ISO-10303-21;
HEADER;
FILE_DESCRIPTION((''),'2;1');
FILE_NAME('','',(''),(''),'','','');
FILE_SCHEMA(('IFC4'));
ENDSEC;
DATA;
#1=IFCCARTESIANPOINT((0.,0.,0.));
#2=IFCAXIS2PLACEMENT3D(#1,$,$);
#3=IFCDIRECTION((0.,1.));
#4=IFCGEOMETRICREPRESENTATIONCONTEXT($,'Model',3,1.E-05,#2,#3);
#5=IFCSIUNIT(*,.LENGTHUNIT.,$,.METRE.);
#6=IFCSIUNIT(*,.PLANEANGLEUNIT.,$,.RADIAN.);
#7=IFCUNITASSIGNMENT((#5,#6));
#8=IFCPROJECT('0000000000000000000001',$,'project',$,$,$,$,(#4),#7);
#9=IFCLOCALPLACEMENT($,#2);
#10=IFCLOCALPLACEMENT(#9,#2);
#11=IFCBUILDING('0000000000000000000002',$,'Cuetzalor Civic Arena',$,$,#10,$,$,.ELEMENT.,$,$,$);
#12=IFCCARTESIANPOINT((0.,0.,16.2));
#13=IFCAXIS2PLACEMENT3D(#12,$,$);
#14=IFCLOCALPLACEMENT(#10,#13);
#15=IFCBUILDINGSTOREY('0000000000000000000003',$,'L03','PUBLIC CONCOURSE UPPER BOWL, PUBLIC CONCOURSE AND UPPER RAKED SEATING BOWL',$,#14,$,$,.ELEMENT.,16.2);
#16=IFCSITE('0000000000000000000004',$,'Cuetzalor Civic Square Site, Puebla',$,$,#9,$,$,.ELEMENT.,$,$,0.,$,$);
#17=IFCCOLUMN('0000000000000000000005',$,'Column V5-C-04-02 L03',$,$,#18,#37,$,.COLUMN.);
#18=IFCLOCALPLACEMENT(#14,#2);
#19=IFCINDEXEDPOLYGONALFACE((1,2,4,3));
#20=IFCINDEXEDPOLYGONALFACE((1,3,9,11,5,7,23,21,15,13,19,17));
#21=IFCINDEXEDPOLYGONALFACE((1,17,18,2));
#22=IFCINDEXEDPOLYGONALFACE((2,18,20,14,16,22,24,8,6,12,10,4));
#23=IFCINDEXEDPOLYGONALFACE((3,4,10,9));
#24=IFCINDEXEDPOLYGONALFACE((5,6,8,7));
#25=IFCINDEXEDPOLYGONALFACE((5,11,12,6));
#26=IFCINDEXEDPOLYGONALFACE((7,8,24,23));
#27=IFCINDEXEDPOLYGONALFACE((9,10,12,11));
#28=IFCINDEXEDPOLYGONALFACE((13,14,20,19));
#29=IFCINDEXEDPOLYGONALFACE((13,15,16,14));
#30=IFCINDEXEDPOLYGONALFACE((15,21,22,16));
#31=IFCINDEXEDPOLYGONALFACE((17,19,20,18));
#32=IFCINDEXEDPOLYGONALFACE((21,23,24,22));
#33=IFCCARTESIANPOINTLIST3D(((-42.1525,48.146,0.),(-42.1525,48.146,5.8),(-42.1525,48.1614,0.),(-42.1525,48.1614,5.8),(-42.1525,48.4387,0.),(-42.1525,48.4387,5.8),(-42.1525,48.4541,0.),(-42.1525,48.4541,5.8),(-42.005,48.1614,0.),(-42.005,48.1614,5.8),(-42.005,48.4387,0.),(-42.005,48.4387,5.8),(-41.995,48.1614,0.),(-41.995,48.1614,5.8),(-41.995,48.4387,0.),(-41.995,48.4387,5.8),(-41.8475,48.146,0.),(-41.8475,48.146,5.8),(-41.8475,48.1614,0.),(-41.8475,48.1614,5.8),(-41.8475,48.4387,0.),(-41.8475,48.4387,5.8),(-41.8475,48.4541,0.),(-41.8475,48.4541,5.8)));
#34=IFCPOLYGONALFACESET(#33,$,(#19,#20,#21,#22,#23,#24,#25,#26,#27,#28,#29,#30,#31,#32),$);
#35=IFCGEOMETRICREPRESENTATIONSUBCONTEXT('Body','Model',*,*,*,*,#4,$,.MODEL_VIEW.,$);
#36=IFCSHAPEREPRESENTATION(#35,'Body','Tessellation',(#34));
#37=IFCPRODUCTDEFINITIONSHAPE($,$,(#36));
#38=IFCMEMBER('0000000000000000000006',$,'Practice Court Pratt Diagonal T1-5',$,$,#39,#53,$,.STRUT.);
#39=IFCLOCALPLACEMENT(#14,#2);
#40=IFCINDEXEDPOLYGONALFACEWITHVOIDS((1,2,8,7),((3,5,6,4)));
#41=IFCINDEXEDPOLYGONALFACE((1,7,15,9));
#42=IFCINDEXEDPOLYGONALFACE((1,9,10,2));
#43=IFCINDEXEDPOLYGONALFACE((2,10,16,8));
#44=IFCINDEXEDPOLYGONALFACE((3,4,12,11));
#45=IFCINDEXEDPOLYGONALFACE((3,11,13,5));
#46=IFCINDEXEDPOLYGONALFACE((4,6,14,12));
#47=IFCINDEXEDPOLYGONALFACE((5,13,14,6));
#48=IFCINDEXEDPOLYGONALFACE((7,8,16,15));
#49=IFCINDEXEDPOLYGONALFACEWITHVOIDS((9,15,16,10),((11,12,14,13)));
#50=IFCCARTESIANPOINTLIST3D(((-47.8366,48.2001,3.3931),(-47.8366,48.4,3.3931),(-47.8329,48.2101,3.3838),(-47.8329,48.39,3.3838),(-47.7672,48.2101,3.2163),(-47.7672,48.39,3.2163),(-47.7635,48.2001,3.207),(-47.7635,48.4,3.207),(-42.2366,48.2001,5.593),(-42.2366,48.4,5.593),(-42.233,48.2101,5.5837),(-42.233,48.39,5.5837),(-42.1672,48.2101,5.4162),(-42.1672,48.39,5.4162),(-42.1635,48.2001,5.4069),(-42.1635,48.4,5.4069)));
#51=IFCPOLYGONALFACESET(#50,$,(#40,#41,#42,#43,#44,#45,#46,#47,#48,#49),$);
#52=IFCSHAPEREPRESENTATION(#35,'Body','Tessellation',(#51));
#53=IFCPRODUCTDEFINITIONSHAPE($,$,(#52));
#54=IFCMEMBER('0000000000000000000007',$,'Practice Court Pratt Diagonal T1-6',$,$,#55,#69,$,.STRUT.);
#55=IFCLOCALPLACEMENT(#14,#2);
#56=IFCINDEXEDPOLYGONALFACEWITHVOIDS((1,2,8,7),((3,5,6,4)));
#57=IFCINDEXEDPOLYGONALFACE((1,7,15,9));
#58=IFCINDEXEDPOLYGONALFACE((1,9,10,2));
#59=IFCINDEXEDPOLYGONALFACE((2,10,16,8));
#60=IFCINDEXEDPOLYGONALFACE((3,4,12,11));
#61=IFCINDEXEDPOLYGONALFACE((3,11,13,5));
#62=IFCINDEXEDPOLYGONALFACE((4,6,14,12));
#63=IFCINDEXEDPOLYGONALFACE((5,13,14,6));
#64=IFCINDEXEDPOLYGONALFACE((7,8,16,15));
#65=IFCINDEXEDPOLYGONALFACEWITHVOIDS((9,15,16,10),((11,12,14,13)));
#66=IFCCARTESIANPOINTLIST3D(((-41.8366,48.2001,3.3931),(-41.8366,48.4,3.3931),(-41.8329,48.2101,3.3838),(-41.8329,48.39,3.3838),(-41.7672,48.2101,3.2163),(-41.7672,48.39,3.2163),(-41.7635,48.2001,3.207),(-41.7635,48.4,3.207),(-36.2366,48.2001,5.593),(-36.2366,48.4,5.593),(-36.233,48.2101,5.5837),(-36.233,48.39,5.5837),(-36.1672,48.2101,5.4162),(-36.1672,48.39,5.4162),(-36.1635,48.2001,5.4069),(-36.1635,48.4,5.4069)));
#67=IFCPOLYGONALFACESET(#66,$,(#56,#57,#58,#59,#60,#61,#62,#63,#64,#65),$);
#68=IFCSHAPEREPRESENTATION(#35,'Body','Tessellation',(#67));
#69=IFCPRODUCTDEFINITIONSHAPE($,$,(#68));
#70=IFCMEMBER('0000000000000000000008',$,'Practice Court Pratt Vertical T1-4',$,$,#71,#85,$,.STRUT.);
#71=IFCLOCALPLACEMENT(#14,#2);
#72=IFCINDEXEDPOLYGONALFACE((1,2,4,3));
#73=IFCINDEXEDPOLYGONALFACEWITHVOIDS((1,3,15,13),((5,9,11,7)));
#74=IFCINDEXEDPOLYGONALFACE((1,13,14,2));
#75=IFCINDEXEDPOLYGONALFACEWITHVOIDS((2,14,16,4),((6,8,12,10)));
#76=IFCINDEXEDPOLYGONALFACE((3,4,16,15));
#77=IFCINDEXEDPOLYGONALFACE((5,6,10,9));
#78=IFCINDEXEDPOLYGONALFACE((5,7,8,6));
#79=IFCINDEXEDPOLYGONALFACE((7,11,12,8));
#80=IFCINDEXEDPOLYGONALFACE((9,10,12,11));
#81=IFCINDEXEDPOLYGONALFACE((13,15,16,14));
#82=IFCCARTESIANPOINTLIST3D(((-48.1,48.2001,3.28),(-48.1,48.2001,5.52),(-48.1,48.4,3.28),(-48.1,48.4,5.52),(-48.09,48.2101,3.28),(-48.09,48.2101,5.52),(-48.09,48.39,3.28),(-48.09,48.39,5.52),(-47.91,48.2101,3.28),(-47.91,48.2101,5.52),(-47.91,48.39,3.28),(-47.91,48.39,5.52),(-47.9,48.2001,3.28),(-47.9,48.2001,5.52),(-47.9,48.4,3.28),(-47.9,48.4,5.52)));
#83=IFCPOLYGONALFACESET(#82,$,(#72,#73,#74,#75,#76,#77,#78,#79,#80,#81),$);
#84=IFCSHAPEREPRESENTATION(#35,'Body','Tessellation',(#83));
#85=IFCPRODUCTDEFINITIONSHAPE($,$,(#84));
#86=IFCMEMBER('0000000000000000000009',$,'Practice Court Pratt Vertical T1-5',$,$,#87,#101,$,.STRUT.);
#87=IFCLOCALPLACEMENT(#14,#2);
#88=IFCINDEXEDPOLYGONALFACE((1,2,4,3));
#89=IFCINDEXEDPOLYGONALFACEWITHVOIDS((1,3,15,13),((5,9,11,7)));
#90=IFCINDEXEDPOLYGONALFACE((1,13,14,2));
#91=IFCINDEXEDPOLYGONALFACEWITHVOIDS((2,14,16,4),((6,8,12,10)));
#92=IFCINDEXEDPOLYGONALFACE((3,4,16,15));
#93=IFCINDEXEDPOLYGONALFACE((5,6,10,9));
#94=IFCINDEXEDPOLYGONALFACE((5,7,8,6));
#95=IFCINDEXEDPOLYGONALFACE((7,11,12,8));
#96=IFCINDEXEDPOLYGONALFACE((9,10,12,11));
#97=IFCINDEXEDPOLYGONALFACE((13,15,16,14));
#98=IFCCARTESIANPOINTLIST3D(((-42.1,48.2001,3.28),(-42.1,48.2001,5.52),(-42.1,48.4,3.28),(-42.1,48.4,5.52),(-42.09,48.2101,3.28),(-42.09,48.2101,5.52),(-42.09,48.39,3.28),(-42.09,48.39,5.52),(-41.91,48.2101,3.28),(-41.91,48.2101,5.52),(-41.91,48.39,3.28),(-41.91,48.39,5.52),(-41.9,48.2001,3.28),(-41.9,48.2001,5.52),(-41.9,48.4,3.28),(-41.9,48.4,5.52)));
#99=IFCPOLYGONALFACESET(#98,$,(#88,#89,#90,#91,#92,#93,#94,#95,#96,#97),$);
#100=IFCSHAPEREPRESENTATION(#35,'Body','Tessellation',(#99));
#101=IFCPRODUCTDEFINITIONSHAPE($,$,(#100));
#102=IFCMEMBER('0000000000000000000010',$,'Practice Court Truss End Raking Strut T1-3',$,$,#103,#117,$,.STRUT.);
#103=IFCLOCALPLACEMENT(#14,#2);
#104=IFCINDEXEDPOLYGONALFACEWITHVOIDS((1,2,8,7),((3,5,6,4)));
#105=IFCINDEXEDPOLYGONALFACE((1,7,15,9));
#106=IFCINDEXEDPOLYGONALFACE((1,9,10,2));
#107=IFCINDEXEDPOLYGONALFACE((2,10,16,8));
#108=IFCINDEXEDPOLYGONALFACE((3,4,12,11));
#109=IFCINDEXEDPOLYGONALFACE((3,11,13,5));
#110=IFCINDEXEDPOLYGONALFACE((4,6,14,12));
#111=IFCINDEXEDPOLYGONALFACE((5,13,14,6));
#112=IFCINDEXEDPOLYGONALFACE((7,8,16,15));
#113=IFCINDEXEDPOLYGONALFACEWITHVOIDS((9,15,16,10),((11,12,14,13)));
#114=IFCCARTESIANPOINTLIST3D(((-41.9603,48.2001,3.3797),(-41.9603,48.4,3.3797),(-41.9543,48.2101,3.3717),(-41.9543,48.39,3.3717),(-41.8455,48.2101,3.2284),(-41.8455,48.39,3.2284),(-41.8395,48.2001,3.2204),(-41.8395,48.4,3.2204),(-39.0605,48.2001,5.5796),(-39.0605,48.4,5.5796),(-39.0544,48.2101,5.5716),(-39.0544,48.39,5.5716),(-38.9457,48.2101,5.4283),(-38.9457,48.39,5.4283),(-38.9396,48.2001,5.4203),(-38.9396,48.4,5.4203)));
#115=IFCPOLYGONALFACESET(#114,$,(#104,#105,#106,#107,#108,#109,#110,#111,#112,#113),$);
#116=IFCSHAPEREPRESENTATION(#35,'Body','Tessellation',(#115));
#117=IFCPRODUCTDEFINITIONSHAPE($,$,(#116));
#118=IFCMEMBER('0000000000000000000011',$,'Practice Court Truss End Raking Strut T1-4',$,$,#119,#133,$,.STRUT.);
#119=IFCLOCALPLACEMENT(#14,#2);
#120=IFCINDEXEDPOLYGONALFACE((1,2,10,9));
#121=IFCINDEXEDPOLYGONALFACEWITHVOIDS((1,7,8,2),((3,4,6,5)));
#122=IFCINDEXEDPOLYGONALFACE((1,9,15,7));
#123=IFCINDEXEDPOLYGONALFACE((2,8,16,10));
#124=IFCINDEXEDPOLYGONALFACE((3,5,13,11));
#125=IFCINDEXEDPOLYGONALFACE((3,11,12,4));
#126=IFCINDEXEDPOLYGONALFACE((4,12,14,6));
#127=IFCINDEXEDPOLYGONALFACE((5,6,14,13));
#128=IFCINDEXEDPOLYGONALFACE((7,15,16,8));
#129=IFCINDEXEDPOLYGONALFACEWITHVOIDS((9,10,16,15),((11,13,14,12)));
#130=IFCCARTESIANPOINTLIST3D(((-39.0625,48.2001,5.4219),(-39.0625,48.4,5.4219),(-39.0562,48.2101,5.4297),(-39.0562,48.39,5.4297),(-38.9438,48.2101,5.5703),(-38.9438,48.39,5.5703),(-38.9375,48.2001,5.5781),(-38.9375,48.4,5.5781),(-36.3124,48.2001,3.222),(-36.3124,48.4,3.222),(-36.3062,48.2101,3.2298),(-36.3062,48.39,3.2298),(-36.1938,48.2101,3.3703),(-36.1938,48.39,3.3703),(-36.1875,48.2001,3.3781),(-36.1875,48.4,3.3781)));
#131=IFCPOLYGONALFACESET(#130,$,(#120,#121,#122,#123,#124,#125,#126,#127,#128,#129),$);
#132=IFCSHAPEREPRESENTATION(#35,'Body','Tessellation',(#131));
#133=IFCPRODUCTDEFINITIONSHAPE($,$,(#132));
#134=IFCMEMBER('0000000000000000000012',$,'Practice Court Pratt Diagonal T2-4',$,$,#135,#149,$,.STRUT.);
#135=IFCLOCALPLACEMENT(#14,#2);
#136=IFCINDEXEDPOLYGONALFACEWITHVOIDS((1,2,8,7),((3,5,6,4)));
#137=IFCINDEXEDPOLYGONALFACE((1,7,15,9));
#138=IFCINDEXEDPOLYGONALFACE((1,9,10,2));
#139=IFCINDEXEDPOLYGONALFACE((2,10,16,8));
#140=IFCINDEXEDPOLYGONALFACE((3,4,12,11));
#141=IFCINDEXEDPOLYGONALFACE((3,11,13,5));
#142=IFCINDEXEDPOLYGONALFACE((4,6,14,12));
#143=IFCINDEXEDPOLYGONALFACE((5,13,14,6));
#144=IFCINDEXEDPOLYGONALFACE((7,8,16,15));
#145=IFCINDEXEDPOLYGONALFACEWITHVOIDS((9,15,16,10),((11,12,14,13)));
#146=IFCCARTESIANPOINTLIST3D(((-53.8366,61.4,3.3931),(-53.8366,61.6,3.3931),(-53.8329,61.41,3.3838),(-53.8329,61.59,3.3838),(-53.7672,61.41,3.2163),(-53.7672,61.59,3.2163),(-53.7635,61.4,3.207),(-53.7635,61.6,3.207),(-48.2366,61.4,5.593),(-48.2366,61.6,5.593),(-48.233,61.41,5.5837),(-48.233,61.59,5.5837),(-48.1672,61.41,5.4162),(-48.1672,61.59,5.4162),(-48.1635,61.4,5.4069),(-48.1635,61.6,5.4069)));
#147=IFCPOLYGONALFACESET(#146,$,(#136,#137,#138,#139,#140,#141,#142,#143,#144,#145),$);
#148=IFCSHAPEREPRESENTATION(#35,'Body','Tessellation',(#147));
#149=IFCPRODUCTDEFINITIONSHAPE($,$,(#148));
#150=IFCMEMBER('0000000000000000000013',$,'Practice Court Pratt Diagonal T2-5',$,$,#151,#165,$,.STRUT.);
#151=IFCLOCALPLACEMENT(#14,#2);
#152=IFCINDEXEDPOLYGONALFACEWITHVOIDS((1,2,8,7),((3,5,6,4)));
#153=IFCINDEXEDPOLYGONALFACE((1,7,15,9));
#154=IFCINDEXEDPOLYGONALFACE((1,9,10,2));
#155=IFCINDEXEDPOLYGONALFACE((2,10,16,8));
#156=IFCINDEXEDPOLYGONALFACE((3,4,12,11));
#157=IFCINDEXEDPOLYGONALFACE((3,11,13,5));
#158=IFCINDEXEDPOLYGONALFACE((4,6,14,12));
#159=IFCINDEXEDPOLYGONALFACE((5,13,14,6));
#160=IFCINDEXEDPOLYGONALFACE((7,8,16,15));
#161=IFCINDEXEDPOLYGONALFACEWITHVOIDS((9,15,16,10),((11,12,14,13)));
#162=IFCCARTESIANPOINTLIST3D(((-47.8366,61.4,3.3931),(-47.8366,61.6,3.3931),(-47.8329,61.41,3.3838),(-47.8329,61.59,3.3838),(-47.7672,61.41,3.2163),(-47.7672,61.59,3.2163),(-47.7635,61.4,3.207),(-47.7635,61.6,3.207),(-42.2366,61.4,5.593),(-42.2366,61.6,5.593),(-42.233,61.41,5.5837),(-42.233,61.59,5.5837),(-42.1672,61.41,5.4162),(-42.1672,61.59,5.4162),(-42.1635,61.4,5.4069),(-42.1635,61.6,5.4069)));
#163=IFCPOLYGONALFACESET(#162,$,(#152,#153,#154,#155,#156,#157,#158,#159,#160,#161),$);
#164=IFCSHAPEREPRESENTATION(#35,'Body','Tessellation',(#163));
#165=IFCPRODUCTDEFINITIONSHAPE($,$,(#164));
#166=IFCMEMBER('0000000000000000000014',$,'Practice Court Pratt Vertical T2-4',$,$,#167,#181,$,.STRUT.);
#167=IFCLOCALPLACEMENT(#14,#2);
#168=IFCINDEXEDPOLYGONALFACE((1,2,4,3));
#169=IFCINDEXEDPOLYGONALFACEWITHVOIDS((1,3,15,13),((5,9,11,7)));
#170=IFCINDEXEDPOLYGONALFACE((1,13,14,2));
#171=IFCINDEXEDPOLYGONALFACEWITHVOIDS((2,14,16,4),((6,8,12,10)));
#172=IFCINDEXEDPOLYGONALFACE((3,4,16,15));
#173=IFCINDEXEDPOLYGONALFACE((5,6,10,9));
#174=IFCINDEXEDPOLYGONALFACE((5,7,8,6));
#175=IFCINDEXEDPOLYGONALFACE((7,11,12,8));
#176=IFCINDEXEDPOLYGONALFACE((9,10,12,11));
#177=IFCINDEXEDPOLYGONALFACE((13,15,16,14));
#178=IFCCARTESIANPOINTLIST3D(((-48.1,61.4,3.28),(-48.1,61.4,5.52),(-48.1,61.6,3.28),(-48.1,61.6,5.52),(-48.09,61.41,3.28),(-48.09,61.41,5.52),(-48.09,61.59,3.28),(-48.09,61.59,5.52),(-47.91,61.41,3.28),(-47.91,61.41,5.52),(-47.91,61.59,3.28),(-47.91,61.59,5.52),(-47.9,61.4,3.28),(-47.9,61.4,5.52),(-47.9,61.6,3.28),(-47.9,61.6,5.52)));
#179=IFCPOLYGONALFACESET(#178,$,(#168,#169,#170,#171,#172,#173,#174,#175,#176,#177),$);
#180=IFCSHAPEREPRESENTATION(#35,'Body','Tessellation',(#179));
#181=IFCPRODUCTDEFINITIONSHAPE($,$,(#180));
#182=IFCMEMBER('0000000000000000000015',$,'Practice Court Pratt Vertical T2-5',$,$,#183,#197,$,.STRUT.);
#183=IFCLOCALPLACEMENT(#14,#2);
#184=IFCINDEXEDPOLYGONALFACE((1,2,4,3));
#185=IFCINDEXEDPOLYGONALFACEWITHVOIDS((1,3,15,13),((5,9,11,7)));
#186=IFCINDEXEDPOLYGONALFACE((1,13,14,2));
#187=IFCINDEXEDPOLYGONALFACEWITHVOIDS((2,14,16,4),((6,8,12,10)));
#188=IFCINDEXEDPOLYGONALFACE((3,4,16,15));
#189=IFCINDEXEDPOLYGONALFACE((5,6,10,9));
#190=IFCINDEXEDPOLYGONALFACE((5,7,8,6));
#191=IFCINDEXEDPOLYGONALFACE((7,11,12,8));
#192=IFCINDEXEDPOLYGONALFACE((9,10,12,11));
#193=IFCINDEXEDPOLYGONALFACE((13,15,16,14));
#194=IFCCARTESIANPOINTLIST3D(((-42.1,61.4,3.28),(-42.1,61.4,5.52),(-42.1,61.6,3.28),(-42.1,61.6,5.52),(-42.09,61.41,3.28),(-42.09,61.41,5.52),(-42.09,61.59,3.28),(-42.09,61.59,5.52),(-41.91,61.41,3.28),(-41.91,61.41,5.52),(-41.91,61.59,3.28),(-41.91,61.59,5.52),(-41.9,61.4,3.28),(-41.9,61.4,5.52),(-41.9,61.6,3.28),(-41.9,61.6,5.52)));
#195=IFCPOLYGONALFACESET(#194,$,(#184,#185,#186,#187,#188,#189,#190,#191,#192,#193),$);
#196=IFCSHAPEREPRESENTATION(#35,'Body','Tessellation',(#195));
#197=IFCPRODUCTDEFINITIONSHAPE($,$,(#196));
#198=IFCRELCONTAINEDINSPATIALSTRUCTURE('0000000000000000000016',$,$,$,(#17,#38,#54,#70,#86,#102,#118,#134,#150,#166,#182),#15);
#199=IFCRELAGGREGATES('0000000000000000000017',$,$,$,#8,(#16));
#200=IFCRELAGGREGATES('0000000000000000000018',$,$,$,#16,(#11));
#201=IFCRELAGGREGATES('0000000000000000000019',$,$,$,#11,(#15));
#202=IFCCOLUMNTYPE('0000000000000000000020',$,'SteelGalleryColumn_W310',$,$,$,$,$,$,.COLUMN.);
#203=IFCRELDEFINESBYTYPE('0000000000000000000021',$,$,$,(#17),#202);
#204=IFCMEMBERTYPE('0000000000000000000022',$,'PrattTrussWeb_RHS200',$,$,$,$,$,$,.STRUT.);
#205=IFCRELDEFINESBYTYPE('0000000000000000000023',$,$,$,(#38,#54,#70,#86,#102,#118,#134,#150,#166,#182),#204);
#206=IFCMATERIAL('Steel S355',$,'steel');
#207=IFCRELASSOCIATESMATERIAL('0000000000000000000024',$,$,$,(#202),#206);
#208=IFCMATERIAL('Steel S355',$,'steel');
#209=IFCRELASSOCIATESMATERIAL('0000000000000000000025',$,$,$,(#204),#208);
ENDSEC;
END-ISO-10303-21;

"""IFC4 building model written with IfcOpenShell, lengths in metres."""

from ifc_helpers import new_model, si_unit, direction, frame, origin, origin_2d, place, context, subcontext, project, spatial, hollow_rectangle, i_section, extrude, material, material_profile, profile_set, type_object, element, save


model = new_model("IFC4")

# Units and contexts
model_context = context("Model", 3, precision=1e-05, world=origin(), true_north=direction((0.0, 1.0)))
body_context = subcontext(model_context, "Body", "Model", "MODEL_VIEW")
ifc_project = project(units=[si_unit("LENGTHUNIT", "METRE"), si_unit("PLANEANGLEUNIT", "RADIAN")], contexts=[model_context])

# Site, building, storey
site_placement = place(None, origin())
site = spatial("IfcSite", under=ifc_project, at=site_placement, Name="Cuetzalor Civic Square Site, Puebla", CompositionType="ELEMENT", RefElevation=0.0)
building_placement = place(site_placement, origin())
building = spatial("IfcBuilding", under=site, at=building_placement, Name="Cuetzalor Civic Arena", CompositionType="ELEMENT")
storey_placement = place(building_placement, frame((0.0, 0.0, 16.2)))
storey = spatial("IfcBuildingStorey", under=building, at=storey_placement, Name="L03", Description="PUBLIC CONCOURSE UPPER BOWL, PUBLIC CONCOURSE AND UPPER RAKED SEATING BOWL", CompositionType="ELEMENT", Elevation=16.2)

# Column
ifc_material_1 = material(Name="Steel S355", Category="steel")
ifc_material_profile_1 = material_profile(ifc_material_1, i_section(OverallWidth=0.3049, OverallDepth=0.3081, WebThickness=0.01, FlangeThickness=0.0154, at=origin_2d()), Name="W310x97")
ifc_profile_set_1 = profile_set([ifc_material_profile_1], Name="Steel S355")
column_type = type_object("IfcColumnType", Name="SteelGalleryColumn_W310", PredefinedType="COLUMN", material=ifc_profile_set_1)
column_placement = place(storey_placement, frame((-42.0, 48.3, 0.0), z_axis=(0.0, 0.0, 1.0), x_axis=(1.0, 0.0, 0.0)))
element("IfcColumn", 1, at=column_placement, inside=storey, type_object=column_type, Name="Column V5-C-04-02 L03", PredefinedType="COLUMN", context=body_context, shape_type="SweptSolid", body=[
    extrude(i_section(OverallWidth=0.3049, OverallDepth=0.3081, WebThickness=0.01, FlangeThickness=0.0154, at=origin_2d()), origin(), (0.0, 0.0, 1.0), 5.8),
])

# Members
ifc_material_2 = material(Name="Steel S355", Category="steel")
ifc_material_profile_2 = material_profile(ifc_material_2, hollow_rectangle(XDim=0.2, YDim=0.2, WallThickness=0.01, at=origin_2d()), Name="RHS 200x200x10")
ifc_profile_set_2 = profile_set([ifc_material_profile_2], Name="Steel S355")
member_type_1 = type_object("IfcMemberType", Name="PrattTrussWeb_RHS200", PredefinedType="STRUT", material=ifc_profile_set_2)
for number, where, z_axis, x_axis, name in (
    (2, (-47.8, 48.3, 3.3), (0.930756, 0.0, 0.36564), (0.0, 1.0, 0.0), "Practice Court Pratt Diagonal T1-5"),
    (3, (-41.8, 48.3, 3.3), (0.930756, 0.0, 0.36564), (0.0, 1.0, 0.0), "Practice Court Pratt Diagonal T1-6"),
):
    element("IfcMember", number, at=place(storey_placement, frame(where, z_axis=z_axis, x_axis=x_axis)), inside=storey, type_object=member_type_1, Name=name, PredefinedType="STRUT", context=body_context, shape_type="SweptSolid", body=[
        extrude(hollow_rectangle(XDim=0.2, YDim=0.2, WallThickness=0.01, at=origin_2d()), origin(), (0.0, 0.0, 1.0), 6.0166),
    ])
for number, where, z_axis, x_axis, name in (
    (4, (-48.0, 48.3, 3.28), (0.0, 0.0, 1.0), (1.0, 0.0, 0.0), "Practice Court Pratt Vertical T1-4"),
    (5, (-42.0, 48.3, 3.28), (0.0, 0.0, 1.0), (1.0, 0.0, 0.0), "Practice Court Pratt Vertical T1-5"),
):
    element("IfcMember", number, at=place(storey_placement, frame(where, z_axis=z_axis, x_axis=x_axis)), inside=storey, type_object=member_type_1, Name=name, PredefinedType="STRUT", context=body_context, shape_type="SweptSolid", body=[
        extrude(hollow_rectangle(XDim=0.2, YDim=0.2, WallThickness=0.01, at=origin_2d()), origin(), (0.0, 0.0, 1.0), 2.24),
    ])
member_1_placement = place(storey_placement, frame((-41.8999, 48.3, 3.3), z_axis=(0.796688, 0.0, 0.604391), x_axis=(0.0, 1.0, 0.0)))
element("IfcMember", 6, at=member_1_placement, inside=storey, type_object=member_type_1, Name="Practice Court Truss End Raking Strut T1-3", PredefinedType="STRUT", context=body_context, shape_type="SweptSolid", body=[
    extrude(hollow_rectangle(XDim=0.2, YDim=0.2, WallThickness=0.01, at=origin_2d()), origin(), (0.0, 0.0, 1.0), 3.6399),
])
member_2_placement = place(storey_placement, frame((-39.0, 48.3, 5.5), z_axis=(0.780876, 0.0, -0.624687), x_axis=(0.0, 1.0, 0.0)))
element("IfcMember", 7, at=member_2_placement, inside=storey, type_object=member_type_1, Name="Practice Court Truss End Raking Strut T1-4", PredefinedType="STRUT", context=body_context, shape_type="SweptSolid", body=[
    extrude(hollow_rectangle(XDim=0.2, YDim=0.2, WallThickness=0.01, at=origin_2d()), origin(), (0.0, 0.0, 1.0), 3.5217),
])
for number, where, z_axis, x_axis, name in (
    (8, (-53.8, 61.5, 3.3), (0.930756, 0.0, 0.36564), (0.0, 1.0, 0.0), "Practice Court Pratt Diagonal T2-4"),
    (9, (-47.8, 61.5, 3.3), (0.930756, 0.0, 0.36564), (0.0, 1.0, 0.0), "Practice Court Pratt Diagonal T2-5"),
):
    element("IfcMember", number, at=place(storey_placement, frame(where, z_axis=z_axis, x_axis=x_axis)), inside=storey, type_object=member_type_1, Name=name, PredefinedType="STRUT", context=body_context, shape_type="SweptSolid", body=[
        extrude(hollow_rectangle(XDim=0.2, YDim=0.2, WallThickness=0.01, at=origin_2d()), origin(), (0.0, 0.0, 1.0), 6.0166),
    ])
for number, where, z_axis, x_axis, name in (
    (10, (-48.0, 61.5, 3.28), (0.0, 0.0, 1.0), (1.0, 0.0, 0.0), "Practice Court Pratt Vertical T2-4"),
    (11, (-42.0, 61.5, 3.28), (0.0, 0.0, 1.0), (1.0, 0.0, 0.0), "Practice Court Pratt Vertical T2-5"),
):
    element("IfcMember", number, at=place(storey_placement, frame(where, z_axis=z_axis, x_axis=x_axis)), inside=storey, type_object=member_type_1, Name=name, PredefinedType="STRUT", context=body_context, shape_type="SweptSolid", body=[
        extrude(hollow_rectangle(XDim=0.2, YDim=0.2, WallThickness=0.01, at=origin_2d()), origin(), (0.0, 0.0, 1.0), 2.24),
    ])

save(model, "model.ifc")
